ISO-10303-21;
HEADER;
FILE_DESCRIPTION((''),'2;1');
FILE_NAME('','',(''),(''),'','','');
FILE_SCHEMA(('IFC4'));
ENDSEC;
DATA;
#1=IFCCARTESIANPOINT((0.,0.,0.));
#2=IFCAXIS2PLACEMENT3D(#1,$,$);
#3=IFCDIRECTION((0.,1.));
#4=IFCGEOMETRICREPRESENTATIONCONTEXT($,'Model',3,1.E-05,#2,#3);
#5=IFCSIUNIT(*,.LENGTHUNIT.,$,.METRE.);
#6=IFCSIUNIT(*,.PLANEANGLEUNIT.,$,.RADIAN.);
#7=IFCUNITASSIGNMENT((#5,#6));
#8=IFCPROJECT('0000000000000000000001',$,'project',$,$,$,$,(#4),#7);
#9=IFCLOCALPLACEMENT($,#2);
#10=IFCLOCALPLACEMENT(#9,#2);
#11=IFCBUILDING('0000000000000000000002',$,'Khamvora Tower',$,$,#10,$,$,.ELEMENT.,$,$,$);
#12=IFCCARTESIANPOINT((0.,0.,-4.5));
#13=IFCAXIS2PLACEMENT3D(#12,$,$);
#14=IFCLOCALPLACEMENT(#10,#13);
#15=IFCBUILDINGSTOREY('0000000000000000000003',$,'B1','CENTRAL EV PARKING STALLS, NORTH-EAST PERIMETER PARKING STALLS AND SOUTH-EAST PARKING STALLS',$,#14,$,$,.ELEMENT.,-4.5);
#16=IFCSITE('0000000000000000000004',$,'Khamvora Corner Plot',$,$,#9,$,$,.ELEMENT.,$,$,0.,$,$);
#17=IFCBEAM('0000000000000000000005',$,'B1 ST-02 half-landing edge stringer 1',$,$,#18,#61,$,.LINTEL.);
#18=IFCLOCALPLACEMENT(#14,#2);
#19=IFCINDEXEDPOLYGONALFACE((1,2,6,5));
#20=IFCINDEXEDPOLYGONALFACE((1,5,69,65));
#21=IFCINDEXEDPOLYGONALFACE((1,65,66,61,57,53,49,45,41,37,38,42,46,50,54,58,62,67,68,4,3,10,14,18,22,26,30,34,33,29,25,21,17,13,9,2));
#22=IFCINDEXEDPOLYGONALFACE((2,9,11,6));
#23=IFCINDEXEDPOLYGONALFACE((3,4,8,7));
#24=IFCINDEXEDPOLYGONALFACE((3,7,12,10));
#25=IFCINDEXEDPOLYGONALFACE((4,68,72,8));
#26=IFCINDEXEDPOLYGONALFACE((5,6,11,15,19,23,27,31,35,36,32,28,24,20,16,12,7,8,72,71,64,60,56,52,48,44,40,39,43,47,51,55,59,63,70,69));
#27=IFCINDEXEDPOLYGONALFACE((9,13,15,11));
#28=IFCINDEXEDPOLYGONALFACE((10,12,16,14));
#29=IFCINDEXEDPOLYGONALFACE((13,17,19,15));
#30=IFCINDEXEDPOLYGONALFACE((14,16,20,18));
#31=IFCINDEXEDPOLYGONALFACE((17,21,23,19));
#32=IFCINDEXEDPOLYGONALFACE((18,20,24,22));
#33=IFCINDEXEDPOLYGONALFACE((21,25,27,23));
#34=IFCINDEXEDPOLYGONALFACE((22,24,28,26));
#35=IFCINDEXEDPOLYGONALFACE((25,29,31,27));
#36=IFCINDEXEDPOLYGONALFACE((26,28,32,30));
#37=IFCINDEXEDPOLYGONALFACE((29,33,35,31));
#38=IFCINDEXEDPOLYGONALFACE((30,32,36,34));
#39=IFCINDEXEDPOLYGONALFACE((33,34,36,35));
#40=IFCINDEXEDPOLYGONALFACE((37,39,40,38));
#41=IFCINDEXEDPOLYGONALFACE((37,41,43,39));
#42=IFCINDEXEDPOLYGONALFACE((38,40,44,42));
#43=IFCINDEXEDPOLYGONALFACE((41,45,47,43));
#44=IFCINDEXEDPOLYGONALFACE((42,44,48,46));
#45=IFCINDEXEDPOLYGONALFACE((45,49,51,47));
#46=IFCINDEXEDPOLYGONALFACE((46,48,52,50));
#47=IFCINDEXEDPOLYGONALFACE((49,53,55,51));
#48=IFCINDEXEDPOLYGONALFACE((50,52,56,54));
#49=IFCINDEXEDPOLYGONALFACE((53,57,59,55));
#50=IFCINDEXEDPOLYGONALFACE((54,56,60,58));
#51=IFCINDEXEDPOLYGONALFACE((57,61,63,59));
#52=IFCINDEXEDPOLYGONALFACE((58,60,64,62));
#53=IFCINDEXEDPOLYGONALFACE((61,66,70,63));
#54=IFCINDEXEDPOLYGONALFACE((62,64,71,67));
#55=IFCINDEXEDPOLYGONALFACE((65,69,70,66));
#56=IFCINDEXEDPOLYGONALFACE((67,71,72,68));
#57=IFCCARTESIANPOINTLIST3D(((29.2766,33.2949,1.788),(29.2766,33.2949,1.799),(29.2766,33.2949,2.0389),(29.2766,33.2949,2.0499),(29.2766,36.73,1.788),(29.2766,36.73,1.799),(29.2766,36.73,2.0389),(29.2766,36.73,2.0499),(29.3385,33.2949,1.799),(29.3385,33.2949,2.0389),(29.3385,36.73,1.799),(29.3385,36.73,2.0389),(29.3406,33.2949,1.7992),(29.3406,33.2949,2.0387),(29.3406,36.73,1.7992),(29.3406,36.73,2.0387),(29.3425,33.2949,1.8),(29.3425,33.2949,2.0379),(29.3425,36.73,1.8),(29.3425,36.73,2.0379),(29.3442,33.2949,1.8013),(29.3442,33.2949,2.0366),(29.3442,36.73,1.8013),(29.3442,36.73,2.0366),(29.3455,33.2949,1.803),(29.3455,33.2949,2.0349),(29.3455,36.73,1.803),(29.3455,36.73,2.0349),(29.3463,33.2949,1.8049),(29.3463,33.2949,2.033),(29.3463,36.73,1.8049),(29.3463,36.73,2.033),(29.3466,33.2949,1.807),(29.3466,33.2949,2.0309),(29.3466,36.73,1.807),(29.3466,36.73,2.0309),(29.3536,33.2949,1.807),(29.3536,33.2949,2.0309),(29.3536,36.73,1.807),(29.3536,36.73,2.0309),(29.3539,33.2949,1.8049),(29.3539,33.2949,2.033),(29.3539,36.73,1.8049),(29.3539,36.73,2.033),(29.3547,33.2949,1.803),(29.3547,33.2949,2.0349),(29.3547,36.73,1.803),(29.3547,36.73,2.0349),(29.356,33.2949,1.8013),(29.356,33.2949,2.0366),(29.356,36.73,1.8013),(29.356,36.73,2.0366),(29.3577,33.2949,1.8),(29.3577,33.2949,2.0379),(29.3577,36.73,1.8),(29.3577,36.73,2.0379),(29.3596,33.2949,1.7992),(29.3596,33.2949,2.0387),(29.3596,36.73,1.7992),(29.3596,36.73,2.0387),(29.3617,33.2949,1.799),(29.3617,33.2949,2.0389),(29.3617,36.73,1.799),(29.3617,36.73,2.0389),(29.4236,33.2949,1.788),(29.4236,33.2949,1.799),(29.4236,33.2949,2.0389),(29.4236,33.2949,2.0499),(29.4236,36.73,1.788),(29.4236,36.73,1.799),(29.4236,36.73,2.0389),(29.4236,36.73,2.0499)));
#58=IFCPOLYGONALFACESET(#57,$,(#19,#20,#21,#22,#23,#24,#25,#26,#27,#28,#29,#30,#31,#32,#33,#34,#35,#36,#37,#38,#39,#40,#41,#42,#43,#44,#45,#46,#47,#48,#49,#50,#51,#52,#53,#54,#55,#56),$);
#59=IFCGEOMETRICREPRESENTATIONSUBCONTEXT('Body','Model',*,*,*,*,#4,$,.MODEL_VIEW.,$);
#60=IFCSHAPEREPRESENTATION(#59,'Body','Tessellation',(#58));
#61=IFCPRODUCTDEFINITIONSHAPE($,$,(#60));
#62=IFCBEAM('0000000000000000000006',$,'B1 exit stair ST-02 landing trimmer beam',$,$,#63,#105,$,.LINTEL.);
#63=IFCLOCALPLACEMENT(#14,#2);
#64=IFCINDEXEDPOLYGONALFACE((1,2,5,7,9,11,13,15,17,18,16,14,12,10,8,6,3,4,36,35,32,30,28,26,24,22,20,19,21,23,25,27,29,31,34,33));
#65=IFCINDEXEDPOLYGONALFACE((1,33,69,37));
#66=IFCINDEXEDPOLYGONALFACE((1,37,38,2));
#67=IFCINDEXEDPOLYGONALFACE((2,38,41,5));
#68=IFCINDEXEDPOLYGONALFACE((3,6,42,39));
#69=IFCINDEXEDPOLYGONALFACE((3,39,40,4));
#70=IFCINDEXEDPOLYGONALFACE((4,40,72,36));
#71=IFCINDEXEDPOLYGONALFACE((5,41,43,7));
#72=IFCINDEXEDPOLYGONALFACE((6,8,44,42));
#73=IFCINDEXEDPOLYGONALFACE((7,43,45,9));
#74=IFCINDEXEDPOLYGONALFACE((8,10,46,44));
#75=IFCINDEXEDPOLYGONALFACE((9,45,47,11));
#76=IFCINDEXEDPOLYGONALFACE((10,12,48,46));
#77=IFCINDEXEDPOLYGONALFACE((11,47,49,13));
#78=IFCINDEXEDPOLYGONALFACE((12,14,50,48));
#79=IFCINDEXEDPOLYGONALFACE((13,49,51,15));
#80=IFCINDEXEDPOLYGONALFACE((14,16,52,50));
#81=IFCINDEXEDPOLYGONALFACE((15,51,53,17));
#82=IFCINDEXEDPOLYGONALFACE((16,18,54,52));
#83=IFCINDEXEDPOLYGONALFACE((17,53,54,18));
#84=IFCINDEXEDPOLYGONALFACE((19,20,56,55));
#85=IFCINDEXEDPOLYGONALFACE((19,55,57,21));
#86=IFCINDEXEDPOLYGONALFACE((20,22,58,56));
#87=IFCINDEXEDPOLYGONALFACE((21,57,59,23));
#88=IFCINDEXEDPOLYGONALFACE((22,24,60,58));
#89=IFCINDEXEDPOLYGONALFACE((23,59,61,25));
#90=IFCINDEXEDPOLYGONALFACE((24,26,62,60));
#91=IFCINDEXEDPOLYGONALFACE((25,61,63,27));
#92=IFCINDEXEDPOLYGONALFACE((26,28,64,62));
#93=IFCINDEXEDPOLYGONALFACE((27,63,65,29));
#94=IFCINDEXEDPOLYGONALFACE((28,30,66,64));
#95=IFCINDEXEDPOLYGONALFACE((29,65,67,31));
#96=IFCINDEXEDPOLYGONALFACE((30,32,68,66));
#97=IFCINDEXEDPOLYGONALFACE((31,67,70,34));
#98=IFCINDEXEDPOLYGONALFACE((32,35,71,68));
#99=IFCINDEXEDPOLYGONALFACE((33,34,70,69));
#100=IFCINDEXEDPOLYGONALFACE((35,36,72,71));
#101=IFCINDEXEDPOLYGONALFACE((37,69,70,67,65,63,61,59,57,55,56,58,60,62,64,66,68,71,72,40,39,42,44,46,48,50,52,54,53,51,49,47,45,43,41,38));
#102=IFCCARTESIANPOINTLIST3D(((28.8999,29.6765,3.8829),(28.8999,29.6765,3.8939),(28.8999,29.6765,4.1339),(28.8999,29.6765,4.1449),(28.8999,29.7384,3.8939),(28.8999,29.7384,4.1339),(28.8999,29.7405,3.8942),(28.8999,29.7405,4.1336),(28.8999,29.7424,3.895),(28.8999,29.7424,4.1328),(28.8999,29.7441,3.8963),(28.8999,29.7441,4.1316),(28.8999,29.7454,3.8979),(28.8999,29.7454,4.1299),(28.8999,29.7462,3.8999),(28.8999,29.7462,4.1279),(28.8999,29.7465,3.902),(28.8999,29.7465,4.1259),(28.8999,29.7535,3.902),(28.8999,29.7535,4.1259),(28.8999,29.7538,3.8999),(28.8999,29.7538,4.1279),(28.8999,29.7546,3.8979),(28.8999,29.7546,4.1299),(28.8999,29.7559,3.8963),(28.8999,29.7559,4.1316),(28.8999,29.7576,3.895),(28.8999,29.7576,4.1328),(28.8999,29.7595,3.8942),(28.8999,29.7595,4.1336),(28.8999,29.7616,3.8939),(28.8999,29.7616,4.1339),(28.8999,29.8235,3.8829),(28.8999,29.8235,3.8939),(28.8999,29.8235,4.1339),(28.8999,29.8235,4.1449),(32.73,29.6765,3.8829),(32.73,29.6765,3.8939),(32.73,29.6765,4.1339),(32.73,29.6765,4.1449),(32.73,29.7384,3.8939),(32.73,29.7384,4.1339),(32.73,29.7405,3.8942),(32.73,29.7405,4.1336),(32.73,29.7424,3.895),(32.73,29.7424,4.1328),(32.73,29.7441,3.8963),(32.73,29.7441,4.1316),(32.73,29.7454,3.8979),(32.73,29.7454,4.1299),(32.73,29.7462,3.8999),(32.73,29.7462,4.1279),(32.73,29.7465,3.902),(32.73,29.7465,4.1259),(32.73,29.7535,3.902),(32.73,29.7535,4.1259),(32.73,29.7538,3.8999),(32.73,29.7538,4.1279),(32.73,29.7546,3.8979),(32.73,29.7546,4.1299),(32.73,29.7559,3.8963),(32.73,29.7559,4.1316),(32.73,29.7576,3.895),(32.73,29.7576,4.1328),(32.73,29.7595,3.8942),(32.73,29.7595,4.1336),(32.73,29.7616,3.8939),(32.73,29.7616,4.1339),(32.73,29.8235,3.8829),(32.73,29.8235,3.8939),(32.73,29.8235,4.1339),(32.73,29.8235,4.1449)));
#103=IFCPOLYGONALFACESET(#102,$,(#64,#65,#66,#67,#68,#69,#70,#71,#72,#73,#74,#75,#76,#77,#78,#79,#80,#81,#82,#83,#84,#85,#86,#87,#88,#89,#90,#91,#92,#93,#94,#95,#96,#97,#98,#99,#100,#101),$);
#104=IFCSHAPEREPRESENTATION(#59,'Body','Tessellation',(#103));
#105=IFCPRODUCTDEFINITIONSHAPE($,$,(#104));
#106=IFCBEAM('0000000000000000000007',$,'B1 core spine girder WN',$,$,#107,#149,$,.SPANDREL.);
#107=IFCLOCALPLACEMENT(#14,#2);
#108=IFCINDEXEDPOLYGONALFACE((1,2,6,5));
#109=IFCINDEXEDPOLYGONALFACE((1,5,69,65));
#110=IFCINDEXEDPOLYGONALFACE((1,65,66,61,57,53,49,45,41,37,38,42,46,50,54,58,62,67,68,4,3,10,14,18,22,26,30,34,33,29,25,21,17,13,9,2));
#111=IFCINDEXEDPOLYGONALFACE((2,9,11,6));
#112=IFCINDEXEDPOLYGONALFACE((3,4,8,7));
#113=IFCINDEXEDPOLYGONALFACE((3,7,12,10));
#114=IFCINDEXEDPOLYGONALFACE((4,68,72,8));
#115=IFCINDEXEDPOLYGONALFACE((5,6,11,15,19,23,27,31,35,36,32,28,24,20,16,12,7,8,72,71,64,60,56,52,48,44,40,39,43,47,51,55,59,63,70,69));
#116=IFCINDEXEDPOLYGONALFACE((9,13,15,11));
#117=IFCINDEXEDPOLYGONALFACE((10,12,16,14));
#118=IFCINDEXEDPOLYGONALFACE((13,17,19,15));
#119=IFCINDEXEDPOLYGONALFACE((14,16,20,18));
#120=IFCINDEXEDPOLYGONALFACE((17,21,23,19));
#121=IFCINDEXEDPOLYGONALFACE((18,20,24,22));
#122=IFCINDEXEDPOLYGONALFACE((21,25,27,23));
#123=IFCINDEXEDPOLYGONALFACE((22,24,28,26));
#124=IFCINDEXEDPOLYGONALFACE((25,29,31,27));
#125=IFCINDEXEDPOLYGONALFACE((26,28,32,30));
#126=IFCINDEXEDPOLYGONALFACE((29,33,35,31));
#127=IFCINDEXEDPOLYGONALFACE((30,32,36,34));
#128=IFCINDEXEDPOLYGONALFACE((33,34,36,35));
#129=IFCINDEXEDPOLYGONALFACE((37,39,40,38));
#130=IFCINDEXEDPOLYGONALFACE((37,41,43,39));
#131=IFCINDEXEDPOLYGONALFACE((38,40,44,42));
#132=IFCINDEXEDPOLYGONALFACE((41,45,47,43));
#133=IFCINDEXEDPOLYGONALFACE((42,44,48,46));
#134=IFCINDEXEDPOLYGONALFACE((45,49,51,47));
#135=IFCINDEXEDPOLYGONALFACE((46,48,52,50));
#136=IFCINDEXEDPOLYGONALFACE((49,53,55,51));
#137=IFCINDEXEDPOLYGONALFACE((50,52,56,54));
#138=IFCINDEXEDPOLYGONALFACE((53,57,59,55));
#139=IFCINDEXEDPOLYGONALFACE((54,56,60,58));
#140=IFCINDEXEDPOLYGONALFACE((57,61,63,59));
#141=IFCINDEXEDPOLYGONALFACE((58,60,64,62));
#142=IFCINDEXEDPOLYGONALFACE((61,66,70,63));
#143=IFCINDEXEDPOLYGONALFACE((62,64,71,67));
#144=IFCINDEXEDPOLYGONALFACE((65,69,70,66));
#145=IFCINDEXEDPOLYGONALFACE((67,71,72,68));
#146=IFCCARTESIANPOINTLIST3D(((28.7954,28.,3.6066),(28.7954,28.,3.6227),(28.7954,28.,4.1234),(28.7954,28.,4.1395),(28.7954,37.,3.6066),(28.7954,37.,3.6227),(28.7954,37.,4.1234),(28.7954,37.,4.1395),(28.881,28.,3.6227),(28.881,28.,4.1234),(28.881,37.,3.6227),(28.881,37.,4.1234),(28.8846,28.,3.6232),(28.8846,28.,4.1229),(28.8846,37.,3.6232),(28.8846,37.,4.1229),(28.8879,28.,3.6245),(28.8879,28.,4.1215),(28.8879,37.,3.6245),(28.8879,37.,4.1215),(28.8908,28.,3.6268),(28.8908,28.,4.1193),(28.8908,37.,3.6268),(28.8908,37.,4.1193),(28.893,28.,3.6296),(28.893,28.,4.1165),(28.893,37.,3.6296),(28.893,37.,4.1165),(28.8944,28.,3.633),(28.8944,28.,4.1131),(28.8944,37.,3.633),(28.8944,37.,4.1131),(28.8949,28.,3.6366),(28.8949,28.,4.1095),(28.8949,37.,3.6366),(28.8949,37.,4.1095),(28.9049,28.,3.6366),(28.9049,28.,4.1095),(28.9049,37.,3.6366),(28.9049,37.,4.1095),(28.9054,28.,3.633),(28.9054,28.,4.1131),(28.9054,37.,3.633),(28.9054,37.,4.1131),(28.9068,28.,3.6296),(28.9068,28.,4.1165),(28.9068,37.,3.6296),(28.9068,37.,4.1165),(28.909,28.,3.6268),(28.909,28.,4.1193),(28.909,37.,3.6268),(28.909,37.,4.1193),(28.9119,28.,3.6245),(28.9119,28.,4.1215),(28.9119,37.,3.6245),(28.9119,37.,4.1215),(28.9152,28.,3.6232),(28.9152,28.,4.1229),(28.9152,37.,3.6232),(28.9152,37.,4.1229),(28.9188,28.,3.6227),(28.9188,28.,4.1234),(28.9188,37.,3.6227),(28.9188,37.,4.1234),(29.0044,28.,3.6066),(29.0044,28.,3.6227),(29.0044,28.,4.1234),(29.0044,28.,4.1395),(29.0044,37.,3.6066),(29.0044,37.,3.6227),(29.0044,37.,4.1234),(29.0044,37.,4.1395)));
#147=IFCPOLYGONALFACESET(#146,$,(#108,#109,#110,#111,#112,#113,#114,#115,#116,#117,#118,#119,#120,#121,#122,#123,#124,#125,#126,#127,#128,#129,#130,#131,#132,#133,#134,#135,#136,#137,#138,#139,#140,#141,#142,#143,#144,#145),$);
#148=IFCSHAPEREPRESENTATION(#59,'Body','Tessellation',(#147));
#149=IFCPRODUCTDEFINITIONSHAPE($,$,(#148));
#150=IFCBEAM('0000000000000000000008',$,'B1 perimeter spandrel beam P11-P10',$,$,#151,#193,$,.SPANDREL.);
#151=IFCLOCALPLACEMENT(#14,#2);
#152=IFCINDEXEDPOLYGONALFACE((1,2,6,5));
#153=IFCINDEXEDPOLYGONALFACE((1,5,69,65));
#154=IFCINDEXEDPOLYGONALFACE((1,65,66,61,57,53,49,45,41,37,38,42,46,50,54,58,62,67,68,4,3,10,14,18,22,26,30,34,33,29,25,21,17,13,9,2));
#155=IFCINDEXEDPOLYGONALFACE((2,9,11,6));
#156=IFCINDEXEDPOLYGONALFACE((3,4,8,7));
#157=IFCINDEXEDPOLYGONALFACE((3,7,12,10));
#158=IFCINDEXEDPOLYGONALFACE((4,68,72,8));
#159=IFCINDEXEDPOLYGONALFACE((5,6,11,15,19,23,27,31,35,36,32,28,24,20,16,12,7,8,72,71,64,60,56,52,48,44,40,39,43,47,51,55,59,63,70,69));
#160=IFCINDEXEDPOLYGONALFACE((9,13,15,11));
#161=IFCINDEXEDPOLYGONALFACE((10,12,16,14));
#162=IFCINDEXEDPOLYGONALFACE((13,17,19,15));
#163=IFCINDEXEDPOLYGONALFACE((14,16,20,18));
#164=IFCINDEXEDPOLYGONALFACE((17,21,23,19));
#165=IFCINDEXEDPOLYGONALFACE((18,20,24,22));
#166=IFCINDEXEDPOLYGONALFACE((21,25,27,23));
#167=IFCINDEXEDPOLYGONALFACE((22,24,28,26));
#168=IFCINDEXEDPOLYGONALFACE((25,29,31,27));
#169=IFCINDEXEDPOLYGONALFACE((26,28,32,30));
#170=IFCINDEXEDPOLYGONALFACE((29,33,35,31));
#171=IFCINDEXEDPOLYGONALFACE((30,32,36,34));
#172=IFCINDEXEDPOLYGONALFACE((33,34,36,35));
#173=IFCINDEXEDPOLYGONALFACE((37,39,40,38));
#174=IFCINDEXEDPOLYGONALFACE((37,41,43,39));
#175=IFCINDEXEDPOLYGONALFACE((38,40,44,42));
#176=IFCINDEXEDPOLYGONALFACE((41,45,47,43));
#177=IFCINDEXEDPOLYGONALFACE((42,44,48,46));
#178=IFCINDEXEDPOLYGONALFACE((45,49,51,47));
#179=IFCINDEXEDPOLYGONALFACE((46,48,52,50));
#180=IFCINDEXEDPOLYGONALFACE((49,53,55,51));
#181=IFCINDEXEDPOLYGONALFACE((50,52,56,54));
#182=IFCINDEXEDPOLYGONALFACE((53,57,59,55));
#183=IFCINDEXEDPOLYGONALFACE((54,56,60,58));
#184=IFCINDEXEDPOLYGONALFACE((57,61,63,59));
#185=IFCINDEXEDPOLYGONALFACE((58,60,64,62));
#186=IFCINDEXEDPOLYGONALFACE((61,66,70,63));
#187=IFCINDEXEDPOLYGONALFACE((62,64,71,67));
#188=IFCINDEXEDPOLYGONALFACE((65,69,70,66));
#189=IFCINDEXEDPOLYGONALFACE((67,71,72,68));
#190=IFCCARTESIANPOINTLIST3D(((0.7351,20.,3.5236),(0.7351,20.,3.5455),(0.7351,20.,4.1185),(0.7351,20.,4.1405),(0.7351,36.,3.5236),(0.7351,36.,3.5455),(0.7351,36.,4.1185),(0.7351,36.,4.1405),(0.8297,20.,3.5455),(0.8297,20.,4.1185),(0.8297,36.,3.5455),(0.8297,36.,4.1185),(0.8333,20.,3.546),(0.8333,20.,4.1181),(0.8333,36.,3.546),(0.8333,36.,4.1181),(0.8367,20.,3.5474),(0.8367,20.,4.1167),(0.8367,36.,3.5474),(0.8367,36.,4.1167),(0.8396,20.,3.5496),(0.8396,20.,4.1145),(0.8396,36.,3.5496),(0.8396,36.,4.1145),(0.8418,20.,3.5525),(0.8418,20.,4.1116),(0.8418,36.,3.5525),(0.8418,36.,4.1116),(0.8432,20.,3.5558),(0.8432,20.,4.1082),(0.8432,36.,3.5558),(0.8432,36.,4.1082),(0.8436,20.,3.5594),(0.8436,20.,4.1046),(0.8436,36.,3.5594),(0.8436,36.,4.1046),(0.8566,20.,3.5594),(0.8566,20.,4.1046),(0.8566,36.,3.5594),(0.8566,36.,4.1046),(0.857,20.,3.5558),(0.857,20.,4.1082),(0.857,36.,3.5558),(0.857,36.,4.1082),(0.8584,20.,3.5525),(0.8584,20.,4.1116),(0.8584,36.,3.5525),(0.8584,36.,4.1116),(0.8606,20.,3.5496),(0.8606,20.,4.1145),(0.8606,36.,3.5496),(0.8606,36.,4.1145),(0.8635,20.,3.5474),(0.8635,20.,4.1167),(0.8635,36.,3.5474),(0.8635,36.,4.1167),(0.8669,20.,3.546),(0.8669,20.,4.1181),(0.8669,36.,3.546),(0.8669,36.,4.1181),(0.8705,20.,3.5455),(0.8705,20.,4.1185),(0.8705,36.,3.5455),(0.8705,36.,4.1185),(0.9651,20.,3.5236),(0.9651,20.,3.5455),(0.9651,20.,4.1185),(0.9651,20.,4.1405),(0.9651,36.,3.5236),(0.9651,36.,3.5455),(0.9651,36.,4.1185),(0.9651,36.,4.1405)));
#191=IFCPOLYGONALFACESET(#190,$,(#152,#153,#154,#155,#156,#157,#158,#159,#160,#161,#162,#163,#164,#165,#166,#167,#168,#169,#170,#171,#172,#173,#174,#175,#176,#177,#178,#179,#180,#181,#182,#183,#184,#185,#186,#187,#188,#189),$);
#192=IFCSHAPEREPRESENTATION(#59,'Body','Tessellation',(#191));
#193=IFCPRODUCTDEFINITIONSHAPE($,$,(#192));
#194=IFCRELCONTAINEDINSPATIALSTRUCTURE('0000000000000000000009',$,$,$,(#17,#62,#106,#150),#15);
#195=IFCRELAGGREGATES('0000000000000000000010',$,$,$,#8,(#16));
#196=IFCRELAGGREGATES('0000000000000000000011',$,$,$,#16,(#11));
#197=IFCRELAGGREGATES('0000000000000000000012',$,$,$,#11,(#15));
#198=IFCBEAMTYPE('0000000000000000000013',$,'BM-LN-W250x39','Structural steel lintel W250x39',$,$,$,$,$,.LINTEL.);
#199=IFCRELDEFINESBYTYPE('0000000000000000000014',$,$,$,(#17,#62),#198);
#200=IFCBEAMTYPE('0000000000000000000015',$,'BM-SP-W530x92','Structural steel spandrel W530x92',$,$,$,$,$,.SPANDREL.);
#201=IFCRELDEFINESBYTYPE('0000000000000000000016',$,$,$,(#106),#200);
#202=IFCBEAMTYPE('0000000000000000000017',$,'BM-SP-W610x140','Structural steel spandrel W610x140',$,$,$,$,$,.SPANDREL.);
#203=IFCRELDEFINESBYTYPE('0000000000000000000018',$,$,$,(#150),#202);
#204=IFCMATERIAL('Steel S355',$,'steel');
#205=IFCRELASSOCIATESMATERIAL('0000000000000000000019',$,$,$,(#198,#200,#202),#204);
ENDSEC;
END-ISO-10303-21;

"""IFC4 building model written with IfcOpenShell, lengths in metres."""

from ifc_helpers import new_model, si_unit, direction, frame, origin, origin_2d, place, context, subcontext, project, spatial, i_section, extrude, material, material_profile, profile_set, type_object, element, save


model = new_model("IFC4")

# Units and contexts
model_context = context("Model", 3, precision=1e-05, world=origin(), true_north=direction((0.0, 1.0)))
body_context = subcontext(model_context, "Body", "Model", "MODEL_VIEW")
ifc_project = project(units=[si_unit("LENGTHUNIT", "METRE"), si_unit("PLANEANGLEUNIT", "RADIAN")], contexts=[model_context])

# Site, building, storey
site_placement = place(None, origin())
site = spatial("IfcSite", under=ifc_project, at=site_placement, Name="Khamvora Corner Plot", CompositionType="ELEMENT", RefElevation=0.0)
building_placement = place(site_placement, origin())
building = spatial("IfcBuilding", under=site, at=building_placement, Name="Khamvora Tower", CompositionType="ELEMENT")
storey_placement = place(building_placement, frame((0.0, 0.0, -4.5)))
storey = spatial("IfcBuildingStorey", under=building, at=storey_placement, Name="B1", Description="CENTRAL EV PARKING STALLS, NORTH-EAST PERIMETER PARKING STALLS AND SOUTH-EAST PARKING STALLS", CompositionType="ELEMENT", Elevation=-4.5)

# Beams
ifc_material_1 = material(Name="Steel S355", Category="steel")
ifc_material_profile_1 = material_profile(ifc_material_1, i_section(OverallWidth=0.147, OverallDepth=0.262, WebThickness=0.0071, FlangeThickness=0.011, FilletRadius=0.0081, at=origin_2d()), Name="W250x39")
ifc_profile_set_1 = profile_set([ifc_material_profile_1], Name="Steel S355")
beam_type_1 = type_object("IfcBeamType", Name="BM-LN-W250x39", Description="Structural steel lintel W250x39", PredefinedType="LINTEL", material=ifc_profile_set_1)
beam_1_placement = place(storey_placement, frame((29.3501, 33.2949, 1.9189), z_axis=(0.0, 1.0, 0.0), x_axis=(-1.0, 0.0, 0.0)))
element("IfcBeam", 1, at=beam_1_placement, inside=storey, type_object=beam_type_1, Name="B1 ST-02 half-landing edge stringer 1", PredefinedType="LINTEL", context=body_context, shape_type="SweptSolid", body=[
    extrude(i_section(OverallWidth=0.147, OverallDepth=0.262, WebThickness=0.0071, FlangeThickness=0.011, FilletRadius=0.0081, at=origin_2d()), origin(), (0.0, 0.0, 1.0), 3.4351),
])
beam_2_placement = place(storey_placement, frame((28.8999, 29.75, 4.0139), z_axis=(1.0, 0.0, 0.0), x_axis=(0.0, 1.0, 0.0)))
element("IfcBeam", 2, at=beam_2_placement, inside=storey, type_object=beam_type_1, Name="B1 exit stair ST-02 landing trimmer beam", PredefinedType="LINTEL", context=body_context, shape_type="SweptSolid", body=[
    extrude(i_section(OverallWidth=0.147, OverallDepth=0.262, WebThickness=0.0071, FlangeThickness=0.011, FilletRadius=0.0081, at=origin_2d()), origin(), (0.0, 0.0, 1.0), 3.8301),
])
ifc_material_profile_2 = material_profile(ifc_material_1, i_section(OverallWidth=0.209, OverallDepth=0.533, WebThickness=0.01, FlangeThickness=0.0161, FilletRadius=0.0139, at=origin_2d()), Name="W530x92")
ifc_profile_set_2 = profile_set([ifc_material_profile_2], Name="Steel S355")
beam_type_2 = type_object("IfcBeamType", Name="BM-SP-W530x92", Description="Structural steel spandrel W530x92", PredefinedType="SPANDREL", material=ifc_profile_set_2)
beam_3_placement = place(storey_placement, frame((28.8999, 28.0, 3.873), z_axis=(0.0, 1.0, 0.0), x_axis=(-1.0, 0.0, 0.0)))
element("IfcBeam", 3, at=beam_3_placement, inside=storey, type_object=beam_type_2, Name="B1 core spine girder WN", PredefinedType="SPANDREL", context=body_context, shape_type="SweptSolid", body=[
    extrude(i_section(OverallWidth=0.209, OverallDepth=0.533, WebThickness=0.01, FlangeThickness=0.0161, FilletRadius=0.0139, at=origin_2d()), origin(), (0.0, 0.0, 1.0), 9.0),
])
ifc_material_profile_3 = material_profile(ifc_material_1, i_section(OverallWidth=0.23, OverallDepth=0.6169, WebThickness=0.0129, FlangeThickness=0.022, FilletRadius=0.0139, at=origin_2d()), Name="W610x140")
ifc_profile_set_3 = profile_set([ifc_material_profile_3], Name="Steel S355")
beam_type_3 = type_object("IfcBeamType", Name="BM-SP-W610x140", Description="Structural steel spandrel W610x140", PredefinedType="SPANDREL", material=ifc_profile_set_3)
beam_4_placement = place(storey_placement, frame((0.8501, 36.0, 3.832), z_axis=(0.0, -1.0, 0.0), x_axis=(1.0, 0.0, 0.0)))
element("IfcBeam", 4, at=beam_4_placement, inside=storey, type_object=beam_type_3, Name="B1 perimeter spandrel beam P11-P10", PredefinedType="SPANDREL", context=body_context, shape_type="SweptSolid", body=[
    extrude(i_section(OverallWidth=0.23, OverallDepth=0.6169, WebThickness=0.0129, FlangeThickness=0.022, FilletRadius=0.0139, at=origin_2d()), origin(), (0.0, 0.0, 1.0), 16.0),
])

save(model, "model.ifc")
